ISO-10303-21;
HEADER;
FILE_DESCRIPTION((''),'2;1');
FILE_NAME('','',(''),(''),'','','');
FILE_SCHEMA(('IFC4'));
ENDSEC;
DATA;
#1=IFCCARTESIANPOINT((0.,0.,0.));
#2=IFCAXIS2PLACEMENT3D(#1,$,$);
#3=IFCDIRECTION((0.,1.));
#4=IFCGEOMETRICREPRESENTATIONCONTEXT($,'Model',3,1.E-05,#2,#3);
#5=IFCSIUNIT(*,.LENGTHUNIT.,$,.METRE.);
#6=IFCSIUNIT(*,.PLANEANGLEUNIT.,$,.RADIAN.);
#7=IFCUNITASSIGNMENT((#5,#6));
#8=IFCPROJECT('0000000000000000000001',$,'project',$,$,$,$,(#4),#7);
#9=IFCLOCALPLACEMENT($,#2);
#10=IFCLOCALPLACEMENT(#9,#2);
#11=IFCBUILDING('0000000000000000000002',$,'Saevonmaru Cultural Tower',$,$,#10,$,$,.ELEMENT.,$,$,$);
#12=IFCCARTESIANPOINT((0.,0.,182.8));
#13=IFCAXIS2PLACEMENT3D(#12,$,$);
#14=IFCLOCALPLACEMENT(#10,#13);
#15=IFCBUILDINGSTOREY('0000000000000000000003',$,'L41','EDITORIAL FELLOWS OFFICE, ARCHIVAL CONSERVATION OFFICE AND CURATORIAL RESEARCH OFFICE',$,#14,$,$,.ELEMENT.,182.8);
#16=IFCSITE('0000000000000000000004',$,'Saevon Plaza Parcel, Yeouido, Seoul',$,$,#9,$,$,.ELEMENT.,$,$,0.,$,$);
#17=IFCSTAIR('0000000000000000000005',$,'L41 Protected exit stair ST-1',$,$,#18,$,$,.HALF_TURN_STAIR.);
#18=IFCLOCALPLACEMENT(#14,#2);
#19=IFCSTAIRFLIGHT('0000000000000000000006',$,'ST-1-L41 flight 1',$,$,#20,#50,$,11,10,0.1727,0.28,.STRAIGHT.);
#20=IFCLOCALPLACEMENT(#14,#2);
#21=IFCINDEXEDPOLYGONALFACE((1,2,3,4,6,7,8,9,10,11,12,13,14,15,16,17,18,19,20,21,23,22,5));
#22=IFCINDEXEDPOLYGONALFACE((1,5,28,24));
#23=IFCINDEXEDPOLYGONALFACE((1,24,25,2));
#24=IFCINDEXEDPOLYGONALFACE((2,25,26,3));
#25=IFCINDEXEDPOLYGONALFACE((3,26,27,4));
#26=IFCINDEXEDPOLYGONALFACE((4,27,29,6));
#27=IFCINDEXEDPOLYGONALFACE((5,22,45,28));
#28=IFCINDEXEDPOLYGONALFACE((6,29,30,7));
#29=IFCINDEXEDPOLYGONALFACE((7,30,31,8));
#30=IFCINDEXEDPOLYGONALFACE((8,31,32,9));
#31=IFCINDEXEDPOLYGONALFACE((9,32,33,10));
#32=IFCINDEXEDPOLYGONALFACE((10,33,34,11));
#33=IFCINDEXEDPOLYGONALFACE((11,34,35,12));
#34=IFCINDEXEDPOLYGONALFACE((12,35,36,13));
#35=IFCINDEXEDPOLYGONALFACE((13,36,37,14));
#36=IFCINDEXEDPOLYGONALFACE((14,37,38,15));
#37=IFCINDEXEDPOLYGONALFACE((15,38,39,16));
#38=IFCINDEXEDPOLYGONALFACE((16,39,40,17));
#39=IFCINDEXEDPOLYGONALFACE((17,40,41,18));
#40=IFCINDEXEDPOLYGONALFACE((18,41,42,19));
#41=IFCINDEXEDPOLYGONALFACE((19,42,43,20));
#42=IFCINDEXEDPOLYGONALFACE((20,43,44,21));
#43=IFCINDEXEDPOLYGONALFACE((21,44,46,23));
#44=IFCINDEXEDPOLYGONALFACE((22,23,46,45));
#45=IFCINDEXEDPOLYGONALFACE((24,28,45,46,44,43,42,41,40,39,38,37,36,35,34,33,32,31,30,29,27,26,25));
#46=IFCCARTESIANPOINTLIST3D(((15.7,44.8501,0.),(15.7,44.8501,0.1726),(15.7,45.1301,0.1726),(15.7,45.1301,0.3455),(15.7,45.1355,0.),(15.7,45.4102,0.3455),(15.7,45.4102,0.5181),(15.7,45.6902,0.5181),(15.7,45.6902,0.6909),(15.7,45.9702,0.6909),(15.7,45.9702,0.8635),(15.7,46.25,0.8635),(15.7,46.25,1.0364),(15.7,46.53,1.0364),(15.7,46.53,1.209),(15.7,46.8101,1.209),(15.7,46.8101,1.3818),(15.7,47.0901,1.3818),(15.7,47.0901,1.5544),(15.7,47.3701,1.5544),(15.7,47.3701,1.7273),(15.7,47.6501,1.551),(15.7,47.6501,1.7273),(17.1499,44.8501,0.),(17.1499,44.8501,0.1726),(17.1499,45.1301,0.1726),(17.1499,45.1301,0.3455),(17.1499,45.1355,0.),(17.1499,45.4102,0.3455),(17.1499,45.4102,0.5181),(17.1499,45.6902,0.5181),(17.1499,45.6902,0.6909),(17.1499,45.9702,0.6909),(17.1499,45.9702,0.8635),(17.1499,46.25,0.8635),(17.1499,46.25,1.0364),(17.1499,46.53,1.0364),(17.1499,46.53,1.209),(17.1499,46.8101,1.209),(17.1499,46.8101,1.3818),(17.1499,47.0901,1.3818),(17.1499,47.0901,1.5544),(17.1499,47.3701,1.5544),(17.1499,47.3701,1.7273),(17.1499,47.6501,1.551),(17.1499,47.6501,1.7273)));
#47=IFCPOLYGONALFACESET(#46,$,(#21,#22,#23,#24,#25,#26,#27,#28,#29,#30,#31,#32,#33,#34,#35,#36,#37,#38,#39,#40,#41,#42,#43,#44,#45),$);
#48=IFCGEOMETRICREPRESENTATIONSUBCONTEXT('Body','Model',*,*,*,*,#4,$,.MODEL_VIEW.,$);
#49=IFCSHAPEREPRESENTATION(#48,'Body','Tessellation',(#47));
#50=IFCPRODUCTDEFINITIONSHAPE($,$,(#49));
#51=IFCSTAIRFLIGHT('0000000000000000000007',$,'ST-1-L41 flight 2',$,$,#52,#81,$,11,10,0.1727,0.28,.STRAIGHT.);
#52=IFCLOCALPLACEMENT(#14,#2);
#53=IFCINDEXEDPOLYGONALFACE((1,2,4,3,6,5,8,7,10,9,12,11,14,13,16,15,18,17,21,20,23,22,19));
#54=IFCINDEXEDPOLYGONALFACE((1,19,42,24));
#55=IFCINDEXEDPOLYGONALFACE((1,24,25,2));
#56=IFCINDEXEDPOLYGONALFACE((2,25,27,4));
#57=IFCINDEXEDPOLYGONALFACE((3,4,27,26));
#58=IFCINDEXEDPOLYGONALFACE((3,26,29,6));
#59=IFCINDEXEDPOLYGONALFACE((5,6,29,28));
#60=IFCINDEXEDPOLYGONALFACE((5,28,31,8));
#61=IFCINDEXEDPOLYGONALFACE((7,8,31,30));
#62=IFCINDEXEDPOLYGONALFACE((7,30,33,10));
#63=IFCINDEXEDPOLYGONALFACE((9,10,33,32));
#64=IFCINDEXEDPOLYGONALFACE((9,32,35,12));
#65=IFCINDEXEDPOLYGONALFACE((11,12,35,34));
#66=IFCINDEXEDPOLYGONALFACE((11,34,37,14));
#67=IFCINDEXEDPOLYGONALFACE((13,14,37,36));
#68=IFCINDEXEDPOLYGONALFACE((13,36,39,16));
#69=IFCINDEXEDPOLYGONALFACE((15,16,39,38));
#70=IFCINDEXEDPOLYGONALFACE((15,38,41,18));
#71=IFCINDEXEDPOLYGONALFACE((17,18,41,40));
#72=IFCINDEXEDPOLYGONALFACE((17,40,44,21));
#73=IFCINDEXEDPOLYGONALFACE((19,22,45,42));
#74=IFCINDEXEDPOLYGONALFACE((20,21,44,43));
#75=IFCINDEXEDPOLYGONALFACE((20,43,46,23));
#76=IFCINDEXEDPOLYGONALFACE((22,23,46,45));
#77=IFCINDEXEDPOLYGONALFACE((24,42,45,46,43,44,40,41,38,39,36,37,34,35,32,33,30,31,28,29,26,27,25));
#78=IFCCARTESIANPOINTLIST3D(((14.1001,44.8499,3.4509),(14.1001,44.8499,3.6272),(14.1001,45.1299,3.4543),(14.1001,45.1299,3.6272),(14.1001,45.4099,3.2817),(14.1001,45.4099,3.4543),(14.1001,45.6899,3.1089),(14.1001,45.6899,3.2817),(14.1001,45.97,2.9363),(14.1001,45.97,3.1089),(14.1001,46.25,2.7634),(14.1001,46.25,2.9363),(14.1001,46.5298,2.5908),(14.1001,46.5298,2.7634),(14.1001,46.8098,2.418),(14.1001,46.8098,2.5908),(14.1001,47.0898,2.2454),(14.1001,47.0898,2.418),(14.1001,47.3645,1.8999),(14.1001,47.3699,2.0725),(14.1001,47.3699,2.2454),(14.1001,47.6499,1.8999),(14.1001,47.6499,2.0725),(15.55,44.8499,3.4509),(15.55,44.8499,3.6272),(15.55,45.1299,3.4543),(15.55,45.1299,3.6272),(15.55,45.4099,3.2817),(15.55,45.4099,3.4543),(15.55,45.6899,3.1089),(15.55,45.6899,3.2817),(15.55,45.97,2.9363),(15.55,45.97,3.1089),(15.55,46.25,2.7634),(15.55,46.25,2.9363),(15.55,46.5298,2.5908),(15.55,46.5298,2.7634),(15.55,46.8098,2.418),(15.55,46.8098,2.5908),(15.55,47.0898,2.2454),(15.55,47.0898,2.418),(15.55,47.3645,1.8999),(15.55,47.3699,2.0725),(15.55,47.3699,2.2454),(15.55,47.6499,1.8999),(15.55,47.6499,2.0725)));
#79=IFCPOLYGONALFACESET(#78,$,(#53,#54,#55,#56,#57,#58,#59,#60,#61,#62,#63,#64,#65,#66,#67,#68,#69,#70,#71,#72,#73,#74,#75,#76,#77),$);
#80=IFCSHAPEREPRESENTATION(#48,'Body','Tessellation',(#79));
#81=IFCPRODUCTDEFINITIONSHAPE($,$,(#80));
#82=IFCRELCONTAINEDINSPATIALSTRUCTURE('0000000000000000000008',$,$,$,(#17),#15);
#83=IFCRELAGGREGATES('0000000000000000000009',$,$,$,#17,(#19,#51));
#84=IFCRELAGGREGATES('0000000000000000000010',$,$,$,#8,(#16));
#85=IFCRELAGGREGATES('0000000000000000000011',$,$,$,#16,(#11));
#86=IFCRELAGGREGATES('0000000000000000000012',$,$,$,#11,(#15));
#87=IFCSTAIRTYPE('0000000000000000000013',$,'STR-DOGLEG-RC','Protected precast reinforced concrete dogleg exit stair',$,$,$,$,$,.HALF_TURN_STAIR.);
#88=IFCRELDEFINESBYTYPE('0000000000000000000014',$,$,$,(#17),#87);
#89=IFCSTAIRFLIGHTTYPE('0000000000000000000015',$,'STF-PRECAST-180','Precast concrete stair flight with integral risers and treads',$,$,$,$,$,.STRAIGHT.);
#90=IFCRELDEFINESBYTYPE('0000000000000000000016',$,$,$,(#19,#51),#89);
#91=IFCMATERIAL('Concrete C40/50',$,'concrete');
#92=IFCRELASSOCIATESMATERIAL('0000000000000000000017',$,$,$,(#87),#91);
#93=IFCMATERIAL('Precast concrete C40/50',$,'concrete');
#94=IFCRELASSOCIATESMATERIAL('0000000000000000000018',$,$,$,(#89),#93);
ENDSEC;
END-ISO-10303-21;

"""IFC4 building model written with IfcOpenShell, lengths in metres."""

from ifc_helpers import new_model, si_unit, direction, frame, origin, place, context, subcontext, project, spatial, polyline, outline, extrude, material, type_object, element, aggregate, save


model = new_model("IFC4")

# Units and contexts
model_context = context("Model", 3, precision=1e-05, world=origin(), true_north=direction((0.0, 1.0)))
body_context = subcontext(model_context, "Body", "Model", "MODEL_VIEW")
ifc_project = project(units=[si_unit("LENGTHUNIT", "METRE"), si_unit("PLANEANGLEUNIT", "RADIAN")], contexts=[model_context])

# Site, building, storey
site_placement = place(None, origin())
site = spatial("IfcSite", under=ifc_project, at=site_placement, Name="Saevon Plaza Parcel, Yeouido, Seoul", CompositionType="ELEMENT", RefElevation=0.0)
building_placement = place(site_placement, origin())
building = spatial("IfcBuilding", under=site, at=building_placement, Name="Saevonmaru Cultural Tower", CompositionType="ELEMENT")
storey_placement = place(building_placement, frame((0.0, 0.0, 182.8)))
storey = spatial("IfcBuildingStorey", under=building, at=storey_placement, Name="L41", Description="EDITORIAL FELLOWS OFFICE, ARCHIVAL CONSERVATION OFFICE AND CURATORIAL RESEARCH OFFICE", CompositionType="ELEMENT", Elevation=182.8)

# Shared definitions
ifc_material_1 = material(Name="Concrete C40/50", Category="concrete")

# Stair, stair flights
stair_type = type_object("IfcStairType", Name="STR-DOGLEG-RC", Description="Protected precast reinforced concrete dogleg exit stair", PredefinedType="HALF_TURN_STAIR", material=ifc_material_1)
stair_placement = place(storey_placement, origin())
stair = element("IfcStair", 1, at=stair_placement, inside=storey, type_object=stair_type, Name="L41 Protected exit stair ST-1", PredefinedType="HALF_TURN_STAIR")
ifc_material_2 = material(Name="Precast concrete C40/50", Category="concrete")
stair_flight_type = type_object("IfcStairFlightType", Name="STF-PRECAST-180", Description="Precast concrete stair flight with integral risers and treads", PredefinedType="STRAIGHT", material=ifc_material_2)
stair_flight_1_placement = place(storey_placement, frame((16.425, 44.8501, 0.0), z_axis=(0.0, 0.0, 1.0), x_axis=(0.0, 1.0, 0.0)))
stair_flight_1 = element("IfcStairFlight", 2, at=stair_flight_1_placement, type_object=stair_flight_type, Name="ST-1-L41 flight 1", NumberOfRisers=11, NumberOfTreads=10, PredefinedType="STRAIGHT", RiserHeight=0.1727, TreadLength=0.28, context=body_context, shape_type="SweptSolid", body=[
    extrude(outline(polyline([(0.0, 0.0), (0.0, 0.1726), (0.28, 0.1726), (0.28, 0.3455), (0.5601, 0.3455), (0.5601, 0.5181), (0.8401, 0.5181), (0.8401, 0.6909), (1.1201, 0.6909), (1.1201, 0.8635), (1.3999, 0.8635), (1.3999, 1.0364), (1.6799, 1.0364), (1.6799, 1.209), (1.96, 1.209), (1.96, 1.3818), (2.24, 1.3818), (2.24, 1.5544), (2.52, 1.5544), (2.52, 1.7273), (2.8, 1.7273), (2.8, 1.8999), (2.8, 1.551), (0.2854, 0.0), (0.0, 0.0)])), frame((0.0, 0.7251, 0.0), z_axis=(0.0, -1.0, 0.0), x_axis=(1.0, 0.0, 0.0)), (0.0, 0.0, 1.0), 1.45),
])
stair_flight_2_placement = place(storey_placement, frame((14.825, 47.6499, 1.8999), z_axis=(0.0, 0.0, 1.0), x_axis=(0.0, -1.0, 0.0)))
stair_flight_2 = element("IfcStairFlight", 3, at=stair_flight_2_placement, type_object=stair_flight_type, Name="ST-1-L41 flight 2", NumberOfRisers=11, NumberOfTreads=10, PredefinedType="STRAIGHT", RiserHeight=0.1727, TreadLength=0.28, context=body_context, shape_type="SweptSolid", body=[
    extrude(outline(polyline([(0.0, 0.0), (0.0, 0.1726), (0.28, 0.1726), (0.28, 0.3455), (0.5601, 0.3455), (0.5601, 0.5181), (0.8401, 0.5181), (0.8401, 0.6909), (1.1201, 0.6909), (1.1201, 0.8635), (1.3999, 0.8635), (1.3999, 1.0364), (1.6799, 1.0364), (1.6799, 1.209), (1.96, 1.209), (1.96, 1.3818), (2.24, 1.3818), (2.24, 1.5544), (2.52, 1.5544), (2.52, 1.7273), (2.8, 1.7273), (2.8, 1.8999), (2.8, 1.551), (0.2854, 0.0), (0.0, 0.0)])), frame((0.0, 0.7251, 0.0), z_axis=(0.0, -1.0, 0.0), x_axis=(1.0, 0.0, 0.0)), (0.0, 0.0, 1.0), 1.45),
])
aggregate(stair, [stair_flight_1, stair_flight_2])

save(model, "model.ifc")
